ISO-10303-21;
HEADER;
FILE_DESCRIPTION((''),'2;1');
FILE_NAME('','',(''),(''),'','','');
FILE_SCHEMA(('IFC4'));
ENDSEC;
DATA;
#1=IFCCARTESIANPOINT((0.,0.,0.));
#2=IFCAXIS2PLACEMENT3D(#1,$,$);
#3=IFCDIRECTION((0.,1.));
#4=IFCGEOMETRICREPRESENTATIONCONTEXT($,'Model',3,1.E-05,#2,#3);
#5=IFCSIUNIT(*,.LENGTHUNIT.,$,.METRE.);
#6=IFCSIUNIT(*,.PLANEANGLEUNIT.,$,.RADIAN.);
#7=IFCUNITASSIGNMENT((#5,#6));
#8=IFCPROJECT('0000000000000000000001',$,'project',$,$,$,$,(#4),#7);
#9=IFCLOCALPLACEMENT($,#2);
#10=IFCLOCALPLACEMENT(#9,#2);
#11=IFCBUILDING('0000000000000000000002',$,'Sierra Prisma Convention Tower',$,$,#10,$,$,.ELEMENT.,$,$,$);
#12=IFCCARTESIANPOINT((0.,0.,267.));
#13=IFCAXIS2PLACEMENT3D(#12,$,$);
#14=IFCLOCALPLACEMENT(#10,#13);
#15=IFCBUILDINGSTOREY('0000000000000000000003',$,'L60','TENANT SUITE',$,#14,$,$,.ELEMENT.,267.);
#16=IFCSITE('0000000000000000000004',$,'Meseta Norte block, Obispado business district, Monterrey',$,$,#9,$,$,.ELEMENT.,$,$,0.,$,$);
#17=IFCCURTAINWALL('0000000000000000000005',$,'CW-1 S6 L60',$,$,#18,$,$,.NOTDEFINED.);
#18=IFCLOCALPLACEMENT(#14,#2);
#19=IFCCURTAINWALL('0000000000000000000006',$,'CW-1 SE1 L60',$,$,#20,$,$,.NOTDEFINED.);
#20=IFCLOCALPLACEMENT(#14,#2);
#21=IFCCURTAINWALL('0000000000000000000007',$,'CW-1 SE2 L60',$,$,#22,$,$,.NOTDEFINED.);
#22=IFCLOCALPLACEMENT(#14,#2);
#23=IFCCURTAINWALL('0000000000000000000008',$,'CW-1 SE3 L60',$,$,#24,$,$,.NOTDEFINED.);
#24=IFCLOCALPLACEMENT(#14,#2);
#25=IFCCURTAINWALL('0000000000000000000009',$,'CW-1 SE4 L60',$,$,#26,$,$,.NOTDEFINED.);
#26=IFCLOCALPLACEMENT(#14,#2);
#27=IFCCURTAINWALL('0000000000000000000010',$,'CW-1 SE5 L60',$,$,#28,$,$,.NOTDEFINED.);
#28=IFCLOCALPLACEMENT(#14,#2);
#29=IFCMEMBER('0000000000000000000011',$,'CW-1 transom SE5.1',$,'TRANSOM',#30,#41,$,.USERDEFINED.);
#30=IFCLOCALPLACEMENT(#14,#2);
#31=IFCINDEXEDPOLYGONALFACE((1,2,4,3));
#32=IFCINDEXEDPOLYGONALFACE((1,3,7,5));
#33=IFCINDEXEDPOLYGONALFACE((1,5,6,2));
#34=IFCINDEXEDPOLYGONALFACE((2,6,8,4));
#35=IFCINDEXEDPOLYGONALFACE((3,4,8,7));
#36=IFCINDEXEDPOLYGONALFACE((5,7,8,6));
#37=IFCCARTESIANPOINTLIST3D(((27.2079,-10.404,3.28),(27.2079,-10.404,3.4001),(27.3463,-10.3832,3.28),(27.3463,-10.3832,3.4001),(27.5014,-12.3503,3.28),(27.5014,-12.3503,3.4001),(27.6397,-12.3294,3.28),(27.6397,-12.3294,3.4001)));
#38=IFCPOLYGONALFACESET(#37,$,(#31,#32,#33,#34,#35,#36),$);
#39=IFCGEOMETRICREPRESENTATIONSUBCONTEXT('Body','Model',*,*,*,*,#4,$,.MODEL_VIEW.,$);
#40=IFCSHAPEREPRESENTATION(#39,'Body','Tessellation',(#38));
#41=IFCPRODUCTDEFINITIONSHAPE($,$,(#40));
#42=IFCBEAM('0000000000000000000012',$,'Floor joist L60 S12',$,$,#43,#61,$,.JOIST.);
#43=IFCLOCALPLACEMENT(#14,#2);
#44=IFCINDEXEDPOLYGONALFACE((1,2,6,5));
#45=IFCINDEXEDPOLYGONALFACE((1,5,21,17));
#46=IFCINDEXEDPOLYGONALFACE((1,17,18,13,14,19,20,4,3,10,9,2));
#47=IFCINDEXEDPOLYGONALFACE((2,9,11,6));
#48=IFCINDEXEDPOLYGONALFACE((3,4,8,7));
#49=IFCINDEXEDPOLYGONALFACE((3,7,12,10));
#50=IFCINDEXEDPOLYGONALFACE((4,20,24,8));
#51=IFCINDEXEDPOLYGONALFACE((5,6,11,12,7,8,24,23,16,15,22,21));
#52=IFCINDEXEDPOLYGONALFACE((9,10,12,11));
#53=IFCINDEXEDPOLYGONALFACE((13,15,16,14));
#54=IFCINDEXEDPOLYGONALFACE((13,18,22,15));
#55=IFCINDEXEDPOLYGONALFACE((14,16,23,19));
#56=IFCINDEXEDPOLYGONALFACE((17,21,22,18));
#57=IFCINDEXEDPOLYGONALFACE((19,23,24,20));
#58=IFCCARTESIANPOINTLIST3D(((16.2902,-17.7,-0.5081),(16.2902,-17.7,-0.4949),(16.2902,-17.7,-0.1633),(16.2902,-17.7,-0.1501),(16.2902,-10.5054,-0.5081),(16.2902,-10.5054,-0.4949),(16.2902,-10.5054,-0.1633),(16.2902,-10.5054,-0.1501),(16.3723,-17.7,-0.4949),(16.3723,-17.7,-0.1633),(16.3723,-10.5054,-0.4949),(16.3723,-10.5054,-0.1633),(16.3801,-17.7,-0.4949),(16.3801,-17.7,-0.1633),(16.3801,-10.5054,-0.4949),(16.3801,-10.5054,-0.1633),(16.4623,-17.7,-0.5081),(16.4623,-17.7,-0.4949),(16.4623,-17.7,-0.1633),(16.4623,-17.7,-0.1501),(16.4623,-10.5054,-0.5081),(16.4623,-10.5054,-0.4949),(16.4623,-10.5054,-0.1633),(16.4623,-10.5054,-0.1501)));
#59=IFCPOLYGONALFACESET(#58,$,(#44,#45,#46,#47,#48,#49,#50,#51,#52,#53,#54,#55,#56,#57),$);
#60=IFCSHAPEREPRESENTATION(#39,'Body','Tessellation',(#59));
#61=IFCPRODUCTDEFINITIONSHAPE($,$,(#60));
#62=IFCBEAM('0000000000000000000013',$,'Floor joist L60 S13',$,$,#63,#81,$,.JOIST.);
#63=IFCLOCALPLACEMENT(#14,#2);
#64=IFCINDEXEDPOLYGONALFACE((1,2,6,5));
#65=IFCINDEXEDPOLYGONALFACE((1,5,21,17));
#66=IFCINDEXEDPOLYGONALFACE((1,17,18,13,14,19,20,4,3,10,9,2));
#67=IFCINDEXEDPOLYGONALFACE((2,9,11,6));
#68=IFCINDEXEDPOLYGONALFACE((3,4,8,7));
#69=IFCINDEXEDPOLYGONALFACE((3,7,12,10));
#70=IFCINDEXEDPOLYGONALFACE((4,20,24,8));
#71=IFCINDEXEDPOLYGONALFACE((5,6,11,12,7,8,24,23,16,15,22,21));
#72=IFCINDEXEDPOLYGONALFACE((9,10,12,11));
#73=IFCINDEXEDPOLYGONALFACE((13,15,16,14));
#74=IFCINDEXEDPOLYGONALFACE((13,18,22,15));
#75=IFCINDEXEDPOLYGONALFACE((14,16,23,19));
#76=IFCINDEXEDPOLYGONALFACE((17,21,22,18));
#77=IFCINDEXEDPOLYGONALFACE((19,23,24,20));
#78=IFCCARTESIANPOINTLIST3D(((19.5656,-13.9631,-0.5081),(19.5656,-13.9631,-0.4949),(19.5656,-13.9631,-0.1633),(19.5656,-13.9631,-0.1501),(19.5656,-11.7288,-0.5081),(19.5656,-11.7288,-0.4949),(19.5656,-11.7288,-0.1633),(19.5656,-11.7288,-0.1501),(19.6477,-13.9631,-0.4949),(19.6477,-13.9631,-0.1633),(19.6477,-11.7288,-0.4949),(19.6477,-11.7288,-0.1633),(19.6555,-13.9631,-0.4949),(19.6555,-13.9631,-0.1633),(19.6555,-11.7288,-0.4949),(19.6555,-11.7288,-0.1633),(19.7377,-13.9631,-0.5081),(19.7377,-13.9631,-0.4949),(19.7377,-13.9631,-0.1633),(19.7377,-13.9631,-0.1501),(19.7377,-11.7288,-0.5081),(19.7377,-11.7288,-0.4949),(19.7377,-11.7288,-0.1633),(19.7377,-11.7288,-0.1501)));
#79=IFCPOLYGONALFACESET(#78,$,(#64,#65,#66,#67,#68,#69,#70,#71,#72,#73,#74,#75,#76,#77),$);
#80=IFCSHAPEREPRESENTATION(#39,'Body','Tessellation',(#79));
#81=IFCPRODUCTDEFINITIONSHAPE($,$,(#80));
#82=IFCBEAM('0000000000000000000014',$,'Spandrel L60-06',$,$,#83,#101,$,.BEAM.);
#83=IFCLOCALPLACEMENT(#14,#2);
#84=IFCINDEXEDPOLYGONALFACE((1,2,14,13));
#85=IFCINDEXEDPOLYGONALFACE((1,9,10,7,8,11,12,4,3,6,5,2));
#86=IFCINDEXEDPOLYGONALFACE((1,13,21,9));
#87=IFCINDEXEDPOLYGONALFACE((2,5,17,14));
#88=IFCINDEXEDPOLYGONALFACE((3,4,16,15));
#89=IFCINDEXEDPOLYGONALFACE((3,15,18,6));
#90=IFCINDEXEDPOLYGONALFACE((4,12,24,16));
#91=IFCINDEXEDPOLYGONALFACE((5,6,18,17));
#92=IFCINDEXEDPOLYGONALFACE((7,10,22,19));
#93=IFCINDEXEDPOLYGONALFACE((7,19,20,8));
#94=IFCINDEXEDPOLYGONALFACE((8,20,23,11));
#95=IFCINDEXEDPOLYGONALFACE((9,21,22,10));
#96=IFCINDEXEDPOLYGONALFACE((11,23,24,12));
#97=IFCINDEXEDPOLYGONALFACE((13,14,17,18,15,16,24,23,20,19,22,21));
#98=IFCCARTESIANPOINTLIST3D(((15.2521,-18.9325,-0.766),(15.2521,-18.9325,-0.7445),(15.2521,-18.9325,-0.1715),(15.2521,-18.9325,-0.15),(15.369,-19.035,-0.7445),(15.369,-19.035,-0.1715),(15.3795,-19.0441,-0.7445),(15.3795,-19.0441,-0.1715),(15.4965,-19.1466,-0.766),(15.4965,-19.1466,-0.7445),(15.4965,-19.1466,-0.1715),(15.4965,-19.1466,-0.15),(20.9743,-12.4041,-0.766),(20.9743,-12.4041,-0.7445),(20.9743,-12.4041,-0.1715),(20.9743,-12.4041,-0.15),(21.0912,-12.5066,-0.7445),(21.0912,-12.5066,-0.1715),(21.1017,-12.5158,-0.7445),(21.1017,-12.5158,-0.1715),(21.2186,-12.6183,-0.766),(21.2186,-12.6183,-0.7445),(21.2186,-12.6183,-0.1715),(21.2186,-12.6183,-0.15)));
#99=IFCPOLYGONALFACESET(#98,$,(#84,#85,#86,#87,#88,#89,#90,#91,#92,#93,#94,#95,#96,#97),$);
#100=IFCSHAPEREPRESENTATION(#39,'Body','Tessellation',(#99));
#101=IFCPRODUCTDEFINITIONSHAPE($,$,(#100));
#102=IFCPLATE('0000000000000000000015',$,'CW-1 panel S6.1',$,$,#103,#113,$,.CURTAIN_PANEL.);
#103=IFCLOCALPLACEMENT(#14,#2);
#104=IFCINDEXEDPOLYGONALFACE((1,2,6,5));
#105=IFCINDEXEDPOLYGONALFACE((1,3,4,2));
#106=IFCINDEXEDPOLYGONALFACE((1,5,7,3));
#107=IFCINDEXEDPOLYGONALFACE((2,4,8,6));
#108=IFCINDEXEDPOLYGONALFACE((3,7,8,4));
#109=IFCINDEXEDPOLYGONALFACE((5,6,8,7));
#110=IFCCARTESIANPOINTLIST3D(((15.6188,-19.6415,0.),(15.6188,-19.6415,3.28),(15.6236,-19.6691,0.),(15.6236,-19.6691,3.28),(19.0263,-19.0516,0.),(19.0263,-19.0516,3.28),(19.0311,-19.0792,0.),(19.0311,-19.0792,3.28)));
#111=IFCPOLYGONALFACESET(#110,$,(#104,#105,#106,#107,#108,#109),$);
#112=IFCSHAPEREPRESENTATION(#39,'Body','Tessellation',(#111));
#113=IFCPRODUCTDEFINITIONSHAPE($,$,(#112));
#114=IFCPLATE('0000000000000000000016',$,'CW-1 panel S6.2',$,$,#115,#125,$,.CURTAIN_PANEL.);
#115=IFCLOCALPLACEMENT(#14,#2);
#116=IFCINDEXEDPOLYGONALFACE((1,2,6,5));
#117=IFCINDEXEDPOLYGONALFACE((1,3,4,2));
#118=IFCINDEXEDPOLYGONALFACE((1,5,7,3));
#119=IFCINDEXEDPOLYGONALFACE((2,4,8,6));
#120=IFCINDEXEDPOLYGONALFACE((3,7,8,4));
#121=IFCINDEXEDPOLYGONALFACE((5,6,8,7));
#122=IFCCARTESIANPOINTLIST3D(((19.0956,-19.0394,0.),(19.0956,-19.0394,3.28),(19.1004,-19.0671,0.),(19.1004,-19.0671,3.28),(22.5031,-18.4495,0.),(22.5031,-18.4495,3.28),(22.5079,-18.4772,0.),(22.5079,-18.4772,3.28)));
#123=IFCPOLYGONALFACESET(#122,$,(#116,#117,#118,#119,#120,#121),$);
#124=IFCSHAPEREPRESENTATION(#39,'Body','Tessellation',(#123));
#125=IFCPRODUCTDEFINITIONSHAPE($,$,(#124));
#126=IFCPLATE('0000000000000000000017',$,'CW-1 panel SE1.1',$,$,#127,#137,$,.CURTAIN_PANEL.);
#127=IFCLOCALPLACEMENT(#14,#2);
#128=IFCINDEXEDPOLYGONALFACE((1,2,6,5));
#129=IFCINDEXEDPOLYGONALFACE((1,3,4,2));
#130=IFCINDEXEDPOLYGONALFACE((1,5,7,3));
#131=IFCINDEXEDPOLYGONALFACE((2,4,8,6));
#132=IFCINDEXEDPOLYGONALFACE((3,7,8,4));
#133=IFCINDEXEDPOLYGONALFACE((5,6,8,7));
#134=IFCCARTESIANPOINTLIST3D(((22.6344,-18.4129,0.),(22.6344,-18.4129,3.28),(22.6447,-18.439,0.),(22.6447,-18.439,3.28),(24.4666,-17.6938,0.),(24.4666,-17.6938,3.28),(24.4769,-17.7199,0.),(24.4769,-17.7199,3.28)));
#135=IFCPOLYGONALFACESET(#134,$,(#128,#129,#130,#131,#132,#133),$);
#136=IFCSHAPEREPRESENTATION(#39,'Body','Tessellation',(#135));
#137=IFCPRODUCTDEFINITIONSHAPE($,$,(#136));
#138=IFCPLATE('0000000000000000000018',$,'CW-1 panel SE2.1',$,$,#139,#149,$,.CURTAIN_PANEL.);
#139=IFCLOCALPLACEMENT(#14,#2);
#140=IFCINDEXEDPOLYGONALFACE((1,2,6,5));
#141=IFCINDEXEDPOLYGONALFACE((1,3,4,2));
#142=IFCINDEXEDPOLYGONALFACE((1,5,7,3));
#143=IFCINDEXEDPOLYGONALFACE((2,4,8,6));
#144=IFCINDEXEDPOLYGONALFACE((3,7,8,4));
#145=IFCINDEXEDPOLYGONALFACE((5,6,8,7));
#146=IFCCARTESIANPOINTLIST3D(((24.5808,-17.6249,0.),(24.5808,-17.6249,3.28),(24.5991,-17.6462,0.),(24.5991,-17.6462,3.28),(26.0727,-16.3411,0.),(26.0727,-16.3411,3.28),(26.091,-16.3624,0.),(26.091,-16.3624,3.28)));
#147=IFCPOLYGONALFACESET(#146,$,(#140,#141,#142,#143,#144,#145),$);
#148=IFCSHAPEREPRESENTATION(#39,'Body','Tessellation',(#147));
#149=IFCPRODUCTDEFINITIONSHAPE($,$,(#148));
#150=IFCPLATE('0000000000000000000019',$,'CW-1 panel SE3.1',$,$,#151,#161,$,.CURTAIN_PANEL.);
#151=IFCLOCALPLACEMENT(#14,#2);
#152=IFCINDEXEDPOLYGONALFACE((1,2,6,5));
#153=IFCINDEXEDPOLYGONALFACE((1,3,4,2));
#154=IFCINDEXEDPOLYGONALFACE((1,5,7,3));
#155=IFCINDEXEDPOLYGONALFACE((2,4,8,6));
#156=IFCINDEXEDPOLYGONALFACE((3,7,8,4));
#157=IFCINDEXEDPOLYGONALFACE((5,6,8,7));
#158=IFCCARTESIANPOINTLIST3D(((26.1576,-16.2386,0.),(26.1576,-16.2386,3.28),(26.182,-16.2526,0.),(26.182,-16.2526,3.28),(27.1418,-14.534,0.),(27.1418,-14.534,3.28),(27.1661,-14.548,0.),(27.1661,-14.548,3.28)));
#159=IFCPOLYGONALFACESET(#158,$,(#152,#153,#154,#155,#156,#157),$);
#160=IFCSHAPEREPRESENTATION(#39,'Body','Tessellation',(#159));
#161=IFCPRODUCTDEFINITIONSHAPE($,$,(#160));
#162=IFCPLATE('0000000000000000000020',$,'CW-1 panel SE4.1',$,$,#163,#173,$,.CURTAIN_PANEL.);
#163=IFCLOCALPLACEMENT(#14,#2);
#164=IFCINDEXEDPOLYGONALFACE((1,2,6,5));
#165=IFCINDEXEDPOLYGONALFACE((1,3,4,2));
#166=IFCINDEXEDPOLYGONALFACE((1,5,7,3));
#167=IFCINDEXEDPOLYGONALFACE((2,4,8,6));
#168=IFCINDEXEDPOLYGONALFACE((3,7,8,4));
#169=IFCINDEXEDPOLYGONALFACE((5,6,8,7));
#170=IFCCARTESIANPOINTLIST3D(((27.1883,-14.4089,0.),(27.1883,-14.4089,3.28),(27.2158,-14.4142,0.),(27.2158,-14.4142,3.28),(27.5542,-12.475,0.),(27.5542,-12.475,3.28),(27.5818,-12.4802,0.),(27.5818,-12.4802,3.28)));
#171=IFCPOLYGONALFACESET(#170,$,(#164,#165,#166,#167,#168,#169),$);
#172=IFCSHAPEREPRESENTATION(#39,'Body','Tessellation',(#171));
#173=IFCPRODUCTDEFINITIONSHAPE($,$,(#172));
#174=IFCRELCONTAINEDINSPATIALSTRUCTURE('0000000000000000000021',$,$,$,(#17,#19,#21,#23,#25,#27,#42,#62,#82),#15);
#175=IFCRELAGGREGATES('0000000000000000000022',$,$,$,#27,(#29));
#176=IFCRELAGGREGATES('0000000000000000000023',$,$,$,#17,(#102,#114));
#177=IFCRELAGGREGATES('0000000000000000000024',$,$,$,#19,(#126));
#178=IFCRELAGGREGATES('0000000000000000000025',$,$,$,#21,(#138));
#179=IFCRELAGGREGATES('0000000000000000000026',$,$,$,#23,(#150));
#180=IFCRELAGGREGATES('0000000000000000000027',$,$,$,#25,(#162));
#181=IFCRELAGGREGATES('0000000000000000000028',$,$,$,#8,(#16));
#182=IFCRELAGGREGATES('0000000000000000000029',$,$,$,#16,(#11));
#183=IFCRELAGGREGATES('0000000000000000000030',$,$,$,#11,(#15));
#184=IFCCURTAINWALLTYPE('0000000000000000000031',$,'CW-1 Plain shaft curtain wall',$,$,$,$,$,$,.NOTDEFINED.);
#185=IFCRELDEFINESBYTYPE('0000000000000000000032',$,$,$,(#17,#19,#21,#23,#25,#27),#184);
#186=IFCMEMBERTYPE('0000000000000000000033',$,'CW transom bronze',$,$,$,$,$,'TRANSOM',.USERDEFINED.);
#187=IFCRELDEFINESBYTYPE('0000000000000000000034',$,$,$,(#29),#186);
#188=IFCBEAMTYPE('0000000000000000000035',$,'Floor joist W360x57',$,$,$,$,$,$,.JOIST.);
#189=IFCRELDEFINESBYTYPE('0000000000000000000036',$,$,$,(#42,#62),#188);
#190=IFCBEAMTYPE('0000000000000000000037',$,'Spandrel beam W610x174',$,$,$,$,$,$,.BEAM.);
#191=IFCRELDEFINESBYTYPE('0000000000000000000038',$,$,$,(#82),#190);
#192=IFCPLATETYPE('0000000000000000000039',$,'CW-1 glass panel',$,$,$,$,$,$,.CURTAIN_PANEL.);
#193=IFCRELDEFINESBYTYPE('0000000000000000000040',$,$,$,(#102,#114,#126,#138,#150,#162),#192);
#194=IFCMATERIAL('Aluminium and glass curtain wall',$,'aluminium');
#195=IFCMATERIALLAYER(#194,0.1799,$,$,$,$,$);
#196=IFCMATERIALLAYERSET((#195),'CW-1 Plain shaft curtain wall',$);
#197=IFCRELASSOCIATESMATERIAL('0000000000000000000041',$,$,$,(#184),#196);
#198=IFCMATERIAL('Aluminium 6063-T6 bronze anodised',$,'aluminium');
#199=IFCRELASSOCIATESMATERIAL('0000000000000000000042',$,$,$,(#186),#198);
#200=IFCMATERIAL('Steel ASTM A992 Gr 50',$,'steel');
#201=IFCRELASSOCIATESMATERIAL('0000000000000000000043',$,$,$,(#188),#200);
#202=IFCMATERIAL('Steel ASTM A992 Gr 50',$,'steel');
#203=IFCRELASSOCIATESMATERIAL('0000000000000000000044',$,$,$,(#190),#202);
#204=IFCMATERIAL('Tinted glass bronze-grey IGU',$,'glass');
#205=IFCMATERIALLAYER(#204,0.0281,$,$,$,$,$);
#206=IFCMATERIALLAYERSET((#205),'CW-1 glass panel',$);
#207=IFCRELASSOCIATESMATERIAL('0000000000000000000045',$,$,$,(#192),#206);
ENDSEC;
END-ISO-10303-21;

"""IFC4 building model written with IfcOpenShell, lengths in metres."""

from ifc_helpers import new_model, si_unit, direction, frame, origin, origin_2d, place, context, subcontext, project, spatial, rectangle, i_section, extrude, material, layer, layer_set, material_profile, profile_set, type_object, element, aggregate, save


model = new_model("IFC4")

# Units and contexts
model_context = context("Model", 3, precision=1e-05, world=origin(), true_north=direction((0.0, 1.0)))
body_context = subcontext(model_context, "Body", "Model", "MODEL_VIEW")
ifc_project = project(units=[si_unit("LENGTHUNIT", "METRE"), si_unit("PLANEANGLEUNIT", "RADIAN")], contexts=[model_context])

# Site, building, storey
site_placement = place(None, origin())
site = spatial("IfcSite", under=ifc_project, at=site_placement, Name="Meseta Norte block, Obispado business district, Monterrey", CompositionType="ELEMENT", RefElevation=0.0)
building_placement = place(site_placement, origin())
building = spatial("IfcBuilding", under=site, at=building_placement, Name="Sierra Prisma Convention Tower", CompositionType="ELEMENT")
storey_placement = place(building_placement, frame((0.0, 0.0, 267.0)))
storey = spatial("IfcBuildingStorey", under=building, at=storey_placement, Name="L60", Description="TENANT SUITE", CompositionType="ELEMENT", Elevation=267.0)

# Curtain walls
ifc_material_1 = material(Name="Aluminium and glass curtain wall", Category="aluminium")
ifc_layer_1 = layer(ifc_material_1, 0.1799)
ifc_layer_set_1 = layer_set([ifc_layer_1], Name="CW-1 Plain shaft curtain wall")
curtain_wall_type = type_object("IfcCurtainWallType", Name="CW-1 Plain shaft curtain wall", PredefinedType="NOTDEFINED", material=ifc_layer_set_1)
curtain_wall_1_placement = place(storey_placement, origin())
curtain_wall_1 = element("IfcCurtainWall", 1, at=curtain_wall_1_placement, inside=storey, type_object=curtain_wall_type, Name="CW-1 S6 L60", PredefinedType="NOTDEFINED")
curtain_wall_2_placement = place(storey_placement, origin())
curtain_wall_2 = element("IfcCurtainWall", 2, at=curtain_wall_2_placement, inside=storey, type_object=curtain_wall_type, Name="CW-1 SE1 L60", PredefinedType="NOTDEFINED")
curtain_wall_3_placement = place(storey_placement, origin())
curtain_wall_3 = element("IfcCurtainWall", 3, at=curtain_wall_3_placement, inside=storey, type_object=curtain_wall_type, Name="CW-1 SE2 L60", PredefinedType="NOTDEFINED")
curtain_wall_4_placement = place(storey_placement, origin())
curtain_wall_4 = element("IfcCurtainWall", 4, at=curtain_wall_4_placement, inside=storey, type_object=curtain_wall_type, Name="CW-1 SE3 L60", PredefinedType="NOTDEFINED")
curtain_wall_5_placement = place(storey_placement, origin())
curtain_wall_5 = element("IfcCurtainWall", 5, at=curtain_wall_5_placement, inside=storey, type_object=curtain_wall_type, Name="CW-1 SE4 L60", PredefinedType="NOTDEFINED")
curtain_wall_6_placement = place(storey_placement, origin())
curtain_wall_6 = element("IfcCurtainWall", 6, at=curtain_wall_6_placement, inside=storey, type_object=curtain_wall_type, Name="CW-1 SE5 L60", PredefinedType="NOTDEFINED")

# Member
ifc_material_2 = material(Name="Aluminium 6063-T6 bronze anodised", Category="aluminium")
ifc_material_profile_1 = material_profile(ifc_material_2, rectangle(XDim=0.1399, YDim=0.1201, at=origin_2d()), Name="ALU TRANSOM 120x140")
ifc_profile_set_1 = profile_set([ifc_material_profile_1], Name="Aluminium 6063-T6 bronze anodised")
member_type_1 = type_object("IfcMemberType", Name="CW transom bronze", ElementType="TRANSOM", PredefinedType="USERDEFINED", material=ifc_profile_set_1)
member_1_placement = place(storey_placement, frame((27.5706, -12.3398, 3.3401), z_axis=(-0.149093, 0.988823, 0.0), x_axis=(-0.988823, -0.149093, 0.0)))
member_1 = element("IfcMember", 7, at=member_1_placement, type_object=member_type_1, Name="CW-1 transom SE5.1", ObjectType="TRANSOM", PredefinedType="USERDEFINED", context=body_context, shape_type="SweptSolid", body=[
    extrude(rectangle(XDim=0.1399, YDim=0.1201, at=origin_2d()), origin(), (0.0, 0.0, 1.0), 1.9683),
])
aggregate(curtain_wall_6, [member_1])

# Beams
ifc_material_3 = material(Name="Steel ASTM A992 Gr 50", Category="steel")
ifc_material_profile_2 = material_profile(ifc_material_3, i_section(OverallWidth=0.1721, OverallDepth=0.3579, WebThickness=0.0078, FlangeThickness=0.0132, at=origin_2d()), Name="W360x57")
ifc_profile_set_2 = profile_set([ifc_material_profile_2], Name="Steel ASTM A992 Gr 50")
beam_type_1 = type_object("IfcBeamType", Name="Floor joist W360x57", PredefinedType="JOIST", material=ifc_profile_set_2)
beam_1_placement = place(storey_placement, frame((16.3762, -17.7, -0.3291), z_axis=(0.0, 1.0, 0.0), x_axis=(-1.0, 0.0, 0.0)))
element("IfcBeam", 8, at=beam_1_placement, inside=storey, type_object=beam_type_1, Name="Floor joist L60 S12", PredefinedType="JOIST", context=body_context, shape_type="SweptSolid", body=[
    extrude(i_section(OverallWidth=0.1721, OverallDepth=0.3579, WebThickness=0.0078, FlangeThickness=0.0132, at=origin_2d()), origin(), (0.0, 0.0, 1.0), 7.1946),
])
beam_2_placement = place(storey_placement, frame((19.6516, -13.9631, -0.3291), z_axis=(0.0, 1.0, 0.0), x_axis=(-1.0, 0.0, 0.0)))
element("IfcBeam", 9, at=beam_2_placement, inside=storey, type_object=beam_type_1, Name="Floor joist L60 S13", PredefinedType="JOIST", context=body_context, shape_type="SweptSolid", body=[
    extrude(i_section(OverallWidth=0.1721, OverallDepth=0.3579, WebThickness=0.0078, FlangeThickness=0.0132, at=origin_2d()), origin(), (0.0, 0.0, 1.0), 2.2344),
])
ifc_material_4 = material(Name="Steel ASTM A992 Gr 50", Category="steel")
ifc_material_profile_3 = material_profile(ifc_material_4, i_section(OverallWidth=0.325, OverallDepth=0.616, WebThickness=0.0139, FlangeThickness=0.0215, at=origin_2d()), Name="W610x174")
ifc_profile_set_3 = profile_set([ifc_material_profile_3], Name="Steel ASTM A992 Gr 50")
beam_type_2 = type_object("IfcBeamType", Name="Spandrel beam W610x174", PredefinedType="BEAM", material=ifc_profile_set_3)
beam_3_placement = place(storey_placement, frame((15.3743, -19.0396, -0.458), z_axis=(0.659149, 0.752012, 0.0), x_axis=(-0.752012, 0.659149, 0.0)))
element("IfcBeam", 10, at=beam_3_placement, inside=storey, type_object=beam_type_2, Name="Spandrel L60-06", PredefinedType="BEAM", context=body_context, shape_type="SweptSolid", body=[
    extrude(i_section(OverallWidth=0.325, OverallDepth=0.616, WebThickness=0.0139, FlangeThickness=0.0215, at=origin_2d()), origin(), (0.0, 0.0, 1.0), 8.6812),
])

# Plates
ifc_material_5 = material(Name="Tinted glass bronze-grey IGU", Category="glass")
ifc_layer_2 = layer(ifc_material_5, 0.0281)
ifc_layer_set_2 = layer_set([ifc_layer_2], Name="CW-1 glass panel")
plate_type = type_object("IfcPlateType", Name="CW-1 glass panel", PredefinedType="CURTAIN_PANEL", material=ifc_layer_set_2)
plate_1_placement = place(storey_placement, frame((17.325, -19.3604, 0.0), z_axis=(0.0, 0.0, 1.0), x_axis=(0.985345, 0.170573, 0.0)))
plate_1 = element("IfcPlate", 11, at=plate_1_placement, type_object=plate_type, Name="CW-1 panel S6.1", PredefinedType="CURTAIN_PANEL", context=body_context, shape_type="SweptSolid", body=[
    extrude(rectangle(XDim=3.4583, YDim=0.0281, at=origin_2d()), origin(), (0.0, 0.0, 1.0), 3.28),
])
plate_2_placement = place(storey_placement, frame((20.8018, -18.7583, 0.0), z_axis=(0.0, 0.0, 1.0), x_axis=(0.985345, 0.170573, 0.0)))
plate_2 = element("IfcPlate", 12, at=plate_2_placement, type_object=plate_type, Name="CW-1 panel S6.2", PredefinedType="CURTAIN_PANEL", context=body_context, shape_type="SweptSolid", body=[
    extrude(rectangle(XDim=3.4583, YDim=0.0281, at=origin_2d()), origin(), (0.0, 0.0, 1.0), 3.28),
])
aggregate(curtain_wall_1, [plate_1, plate_2])
plate_3_placement = place(storey_placement, frame((23.5557, -18.0664, 0.0), z_axis=(0.0, 0.0, 1.0), x_axis=(0.930876, 0.365336, 0.0)))
plate_3 = element("IfcPlate", 13, at=plate_3_placement, type_object=plate_type, Name="CW-1 panel SE1.1", PredefinedType="CURTAIN_PANEL", context=body_context, shape_type="SweptSolid", body=[
    extrude(rectangle(XDim=1.9683, YDim=0.0281, at=origin_2d()), origin(), (0.0, 0.0, 1.0), 3.28),
])
aggregate(curtain_wall_2, [plate_3])
plate_4_placement = place(storey_placement, frame((25.3359, -16.9937, 0.0), z_axis=(0.0, 0.0, 1.0), x_axis=(0.757973, 0.652285, 0.0)))
plate_4 = element("IfcPlate", 14, at=plate_4_placement, type_object=plate_type, Name="CW-1 panel SE2.1", PredefinedType="CURTAIN_PANEL", context=body_context, shape_type="SweptSolid", body=[
    extrude(rectangle(XDim=1.9683, YDim=0.0281, at=origin_2d()), origin(), (0.0, 0.0, 1.0), 3.28),
])
aggregate(curtain_wall_3, [plate_4])
plate_5_placement = place(storey_placement, frame((26.6619, -15.3933, 0.0), z_axis=(0.0, 0.0, 1.0), x_axis=(0.5, 0.866025, 0.0)))
plate_5 = element("IfcPlate", 15, at=plate_5_placement, type_object=plate_type, Name="CW-1 panel SE3.1", PredefinedType="CURTAIN_PANEL", context=body_context, shape_type="SweptSolid", body=[
    extrude(rectangle(XDim=1.9683, YDim=0.0281, at=origin_2d()), origin(), (0.0, 0.0, 1.0), 3.28),
])
aggregate(curtain_wall_4, [plate_5])
plate_6_placement = place(storey_placement, frame((27.385, -13.4446, 0.0), z_axis=(0.0, 0.0, 1.0), x_axis=(0.185909, 0.982567, 0.0)))
plate_6 = element("IfcPlate", 16, at=plate_6_placement, type_object=plate_type, Name="CW-1 panel SE4.1", PredefinedType="CURTAIN_PANEL", context=body_context, shape_type="SweptSolid", body=[
    extrude(rectangle(XDim=1.9683, YDim=0.0281, at=origin_2d()), origin(), (0.0, 0.0, 1.0), 3.28),
])
aggregate(curtain_wall_5, [plate_6])

save(model, "model.ifc")
